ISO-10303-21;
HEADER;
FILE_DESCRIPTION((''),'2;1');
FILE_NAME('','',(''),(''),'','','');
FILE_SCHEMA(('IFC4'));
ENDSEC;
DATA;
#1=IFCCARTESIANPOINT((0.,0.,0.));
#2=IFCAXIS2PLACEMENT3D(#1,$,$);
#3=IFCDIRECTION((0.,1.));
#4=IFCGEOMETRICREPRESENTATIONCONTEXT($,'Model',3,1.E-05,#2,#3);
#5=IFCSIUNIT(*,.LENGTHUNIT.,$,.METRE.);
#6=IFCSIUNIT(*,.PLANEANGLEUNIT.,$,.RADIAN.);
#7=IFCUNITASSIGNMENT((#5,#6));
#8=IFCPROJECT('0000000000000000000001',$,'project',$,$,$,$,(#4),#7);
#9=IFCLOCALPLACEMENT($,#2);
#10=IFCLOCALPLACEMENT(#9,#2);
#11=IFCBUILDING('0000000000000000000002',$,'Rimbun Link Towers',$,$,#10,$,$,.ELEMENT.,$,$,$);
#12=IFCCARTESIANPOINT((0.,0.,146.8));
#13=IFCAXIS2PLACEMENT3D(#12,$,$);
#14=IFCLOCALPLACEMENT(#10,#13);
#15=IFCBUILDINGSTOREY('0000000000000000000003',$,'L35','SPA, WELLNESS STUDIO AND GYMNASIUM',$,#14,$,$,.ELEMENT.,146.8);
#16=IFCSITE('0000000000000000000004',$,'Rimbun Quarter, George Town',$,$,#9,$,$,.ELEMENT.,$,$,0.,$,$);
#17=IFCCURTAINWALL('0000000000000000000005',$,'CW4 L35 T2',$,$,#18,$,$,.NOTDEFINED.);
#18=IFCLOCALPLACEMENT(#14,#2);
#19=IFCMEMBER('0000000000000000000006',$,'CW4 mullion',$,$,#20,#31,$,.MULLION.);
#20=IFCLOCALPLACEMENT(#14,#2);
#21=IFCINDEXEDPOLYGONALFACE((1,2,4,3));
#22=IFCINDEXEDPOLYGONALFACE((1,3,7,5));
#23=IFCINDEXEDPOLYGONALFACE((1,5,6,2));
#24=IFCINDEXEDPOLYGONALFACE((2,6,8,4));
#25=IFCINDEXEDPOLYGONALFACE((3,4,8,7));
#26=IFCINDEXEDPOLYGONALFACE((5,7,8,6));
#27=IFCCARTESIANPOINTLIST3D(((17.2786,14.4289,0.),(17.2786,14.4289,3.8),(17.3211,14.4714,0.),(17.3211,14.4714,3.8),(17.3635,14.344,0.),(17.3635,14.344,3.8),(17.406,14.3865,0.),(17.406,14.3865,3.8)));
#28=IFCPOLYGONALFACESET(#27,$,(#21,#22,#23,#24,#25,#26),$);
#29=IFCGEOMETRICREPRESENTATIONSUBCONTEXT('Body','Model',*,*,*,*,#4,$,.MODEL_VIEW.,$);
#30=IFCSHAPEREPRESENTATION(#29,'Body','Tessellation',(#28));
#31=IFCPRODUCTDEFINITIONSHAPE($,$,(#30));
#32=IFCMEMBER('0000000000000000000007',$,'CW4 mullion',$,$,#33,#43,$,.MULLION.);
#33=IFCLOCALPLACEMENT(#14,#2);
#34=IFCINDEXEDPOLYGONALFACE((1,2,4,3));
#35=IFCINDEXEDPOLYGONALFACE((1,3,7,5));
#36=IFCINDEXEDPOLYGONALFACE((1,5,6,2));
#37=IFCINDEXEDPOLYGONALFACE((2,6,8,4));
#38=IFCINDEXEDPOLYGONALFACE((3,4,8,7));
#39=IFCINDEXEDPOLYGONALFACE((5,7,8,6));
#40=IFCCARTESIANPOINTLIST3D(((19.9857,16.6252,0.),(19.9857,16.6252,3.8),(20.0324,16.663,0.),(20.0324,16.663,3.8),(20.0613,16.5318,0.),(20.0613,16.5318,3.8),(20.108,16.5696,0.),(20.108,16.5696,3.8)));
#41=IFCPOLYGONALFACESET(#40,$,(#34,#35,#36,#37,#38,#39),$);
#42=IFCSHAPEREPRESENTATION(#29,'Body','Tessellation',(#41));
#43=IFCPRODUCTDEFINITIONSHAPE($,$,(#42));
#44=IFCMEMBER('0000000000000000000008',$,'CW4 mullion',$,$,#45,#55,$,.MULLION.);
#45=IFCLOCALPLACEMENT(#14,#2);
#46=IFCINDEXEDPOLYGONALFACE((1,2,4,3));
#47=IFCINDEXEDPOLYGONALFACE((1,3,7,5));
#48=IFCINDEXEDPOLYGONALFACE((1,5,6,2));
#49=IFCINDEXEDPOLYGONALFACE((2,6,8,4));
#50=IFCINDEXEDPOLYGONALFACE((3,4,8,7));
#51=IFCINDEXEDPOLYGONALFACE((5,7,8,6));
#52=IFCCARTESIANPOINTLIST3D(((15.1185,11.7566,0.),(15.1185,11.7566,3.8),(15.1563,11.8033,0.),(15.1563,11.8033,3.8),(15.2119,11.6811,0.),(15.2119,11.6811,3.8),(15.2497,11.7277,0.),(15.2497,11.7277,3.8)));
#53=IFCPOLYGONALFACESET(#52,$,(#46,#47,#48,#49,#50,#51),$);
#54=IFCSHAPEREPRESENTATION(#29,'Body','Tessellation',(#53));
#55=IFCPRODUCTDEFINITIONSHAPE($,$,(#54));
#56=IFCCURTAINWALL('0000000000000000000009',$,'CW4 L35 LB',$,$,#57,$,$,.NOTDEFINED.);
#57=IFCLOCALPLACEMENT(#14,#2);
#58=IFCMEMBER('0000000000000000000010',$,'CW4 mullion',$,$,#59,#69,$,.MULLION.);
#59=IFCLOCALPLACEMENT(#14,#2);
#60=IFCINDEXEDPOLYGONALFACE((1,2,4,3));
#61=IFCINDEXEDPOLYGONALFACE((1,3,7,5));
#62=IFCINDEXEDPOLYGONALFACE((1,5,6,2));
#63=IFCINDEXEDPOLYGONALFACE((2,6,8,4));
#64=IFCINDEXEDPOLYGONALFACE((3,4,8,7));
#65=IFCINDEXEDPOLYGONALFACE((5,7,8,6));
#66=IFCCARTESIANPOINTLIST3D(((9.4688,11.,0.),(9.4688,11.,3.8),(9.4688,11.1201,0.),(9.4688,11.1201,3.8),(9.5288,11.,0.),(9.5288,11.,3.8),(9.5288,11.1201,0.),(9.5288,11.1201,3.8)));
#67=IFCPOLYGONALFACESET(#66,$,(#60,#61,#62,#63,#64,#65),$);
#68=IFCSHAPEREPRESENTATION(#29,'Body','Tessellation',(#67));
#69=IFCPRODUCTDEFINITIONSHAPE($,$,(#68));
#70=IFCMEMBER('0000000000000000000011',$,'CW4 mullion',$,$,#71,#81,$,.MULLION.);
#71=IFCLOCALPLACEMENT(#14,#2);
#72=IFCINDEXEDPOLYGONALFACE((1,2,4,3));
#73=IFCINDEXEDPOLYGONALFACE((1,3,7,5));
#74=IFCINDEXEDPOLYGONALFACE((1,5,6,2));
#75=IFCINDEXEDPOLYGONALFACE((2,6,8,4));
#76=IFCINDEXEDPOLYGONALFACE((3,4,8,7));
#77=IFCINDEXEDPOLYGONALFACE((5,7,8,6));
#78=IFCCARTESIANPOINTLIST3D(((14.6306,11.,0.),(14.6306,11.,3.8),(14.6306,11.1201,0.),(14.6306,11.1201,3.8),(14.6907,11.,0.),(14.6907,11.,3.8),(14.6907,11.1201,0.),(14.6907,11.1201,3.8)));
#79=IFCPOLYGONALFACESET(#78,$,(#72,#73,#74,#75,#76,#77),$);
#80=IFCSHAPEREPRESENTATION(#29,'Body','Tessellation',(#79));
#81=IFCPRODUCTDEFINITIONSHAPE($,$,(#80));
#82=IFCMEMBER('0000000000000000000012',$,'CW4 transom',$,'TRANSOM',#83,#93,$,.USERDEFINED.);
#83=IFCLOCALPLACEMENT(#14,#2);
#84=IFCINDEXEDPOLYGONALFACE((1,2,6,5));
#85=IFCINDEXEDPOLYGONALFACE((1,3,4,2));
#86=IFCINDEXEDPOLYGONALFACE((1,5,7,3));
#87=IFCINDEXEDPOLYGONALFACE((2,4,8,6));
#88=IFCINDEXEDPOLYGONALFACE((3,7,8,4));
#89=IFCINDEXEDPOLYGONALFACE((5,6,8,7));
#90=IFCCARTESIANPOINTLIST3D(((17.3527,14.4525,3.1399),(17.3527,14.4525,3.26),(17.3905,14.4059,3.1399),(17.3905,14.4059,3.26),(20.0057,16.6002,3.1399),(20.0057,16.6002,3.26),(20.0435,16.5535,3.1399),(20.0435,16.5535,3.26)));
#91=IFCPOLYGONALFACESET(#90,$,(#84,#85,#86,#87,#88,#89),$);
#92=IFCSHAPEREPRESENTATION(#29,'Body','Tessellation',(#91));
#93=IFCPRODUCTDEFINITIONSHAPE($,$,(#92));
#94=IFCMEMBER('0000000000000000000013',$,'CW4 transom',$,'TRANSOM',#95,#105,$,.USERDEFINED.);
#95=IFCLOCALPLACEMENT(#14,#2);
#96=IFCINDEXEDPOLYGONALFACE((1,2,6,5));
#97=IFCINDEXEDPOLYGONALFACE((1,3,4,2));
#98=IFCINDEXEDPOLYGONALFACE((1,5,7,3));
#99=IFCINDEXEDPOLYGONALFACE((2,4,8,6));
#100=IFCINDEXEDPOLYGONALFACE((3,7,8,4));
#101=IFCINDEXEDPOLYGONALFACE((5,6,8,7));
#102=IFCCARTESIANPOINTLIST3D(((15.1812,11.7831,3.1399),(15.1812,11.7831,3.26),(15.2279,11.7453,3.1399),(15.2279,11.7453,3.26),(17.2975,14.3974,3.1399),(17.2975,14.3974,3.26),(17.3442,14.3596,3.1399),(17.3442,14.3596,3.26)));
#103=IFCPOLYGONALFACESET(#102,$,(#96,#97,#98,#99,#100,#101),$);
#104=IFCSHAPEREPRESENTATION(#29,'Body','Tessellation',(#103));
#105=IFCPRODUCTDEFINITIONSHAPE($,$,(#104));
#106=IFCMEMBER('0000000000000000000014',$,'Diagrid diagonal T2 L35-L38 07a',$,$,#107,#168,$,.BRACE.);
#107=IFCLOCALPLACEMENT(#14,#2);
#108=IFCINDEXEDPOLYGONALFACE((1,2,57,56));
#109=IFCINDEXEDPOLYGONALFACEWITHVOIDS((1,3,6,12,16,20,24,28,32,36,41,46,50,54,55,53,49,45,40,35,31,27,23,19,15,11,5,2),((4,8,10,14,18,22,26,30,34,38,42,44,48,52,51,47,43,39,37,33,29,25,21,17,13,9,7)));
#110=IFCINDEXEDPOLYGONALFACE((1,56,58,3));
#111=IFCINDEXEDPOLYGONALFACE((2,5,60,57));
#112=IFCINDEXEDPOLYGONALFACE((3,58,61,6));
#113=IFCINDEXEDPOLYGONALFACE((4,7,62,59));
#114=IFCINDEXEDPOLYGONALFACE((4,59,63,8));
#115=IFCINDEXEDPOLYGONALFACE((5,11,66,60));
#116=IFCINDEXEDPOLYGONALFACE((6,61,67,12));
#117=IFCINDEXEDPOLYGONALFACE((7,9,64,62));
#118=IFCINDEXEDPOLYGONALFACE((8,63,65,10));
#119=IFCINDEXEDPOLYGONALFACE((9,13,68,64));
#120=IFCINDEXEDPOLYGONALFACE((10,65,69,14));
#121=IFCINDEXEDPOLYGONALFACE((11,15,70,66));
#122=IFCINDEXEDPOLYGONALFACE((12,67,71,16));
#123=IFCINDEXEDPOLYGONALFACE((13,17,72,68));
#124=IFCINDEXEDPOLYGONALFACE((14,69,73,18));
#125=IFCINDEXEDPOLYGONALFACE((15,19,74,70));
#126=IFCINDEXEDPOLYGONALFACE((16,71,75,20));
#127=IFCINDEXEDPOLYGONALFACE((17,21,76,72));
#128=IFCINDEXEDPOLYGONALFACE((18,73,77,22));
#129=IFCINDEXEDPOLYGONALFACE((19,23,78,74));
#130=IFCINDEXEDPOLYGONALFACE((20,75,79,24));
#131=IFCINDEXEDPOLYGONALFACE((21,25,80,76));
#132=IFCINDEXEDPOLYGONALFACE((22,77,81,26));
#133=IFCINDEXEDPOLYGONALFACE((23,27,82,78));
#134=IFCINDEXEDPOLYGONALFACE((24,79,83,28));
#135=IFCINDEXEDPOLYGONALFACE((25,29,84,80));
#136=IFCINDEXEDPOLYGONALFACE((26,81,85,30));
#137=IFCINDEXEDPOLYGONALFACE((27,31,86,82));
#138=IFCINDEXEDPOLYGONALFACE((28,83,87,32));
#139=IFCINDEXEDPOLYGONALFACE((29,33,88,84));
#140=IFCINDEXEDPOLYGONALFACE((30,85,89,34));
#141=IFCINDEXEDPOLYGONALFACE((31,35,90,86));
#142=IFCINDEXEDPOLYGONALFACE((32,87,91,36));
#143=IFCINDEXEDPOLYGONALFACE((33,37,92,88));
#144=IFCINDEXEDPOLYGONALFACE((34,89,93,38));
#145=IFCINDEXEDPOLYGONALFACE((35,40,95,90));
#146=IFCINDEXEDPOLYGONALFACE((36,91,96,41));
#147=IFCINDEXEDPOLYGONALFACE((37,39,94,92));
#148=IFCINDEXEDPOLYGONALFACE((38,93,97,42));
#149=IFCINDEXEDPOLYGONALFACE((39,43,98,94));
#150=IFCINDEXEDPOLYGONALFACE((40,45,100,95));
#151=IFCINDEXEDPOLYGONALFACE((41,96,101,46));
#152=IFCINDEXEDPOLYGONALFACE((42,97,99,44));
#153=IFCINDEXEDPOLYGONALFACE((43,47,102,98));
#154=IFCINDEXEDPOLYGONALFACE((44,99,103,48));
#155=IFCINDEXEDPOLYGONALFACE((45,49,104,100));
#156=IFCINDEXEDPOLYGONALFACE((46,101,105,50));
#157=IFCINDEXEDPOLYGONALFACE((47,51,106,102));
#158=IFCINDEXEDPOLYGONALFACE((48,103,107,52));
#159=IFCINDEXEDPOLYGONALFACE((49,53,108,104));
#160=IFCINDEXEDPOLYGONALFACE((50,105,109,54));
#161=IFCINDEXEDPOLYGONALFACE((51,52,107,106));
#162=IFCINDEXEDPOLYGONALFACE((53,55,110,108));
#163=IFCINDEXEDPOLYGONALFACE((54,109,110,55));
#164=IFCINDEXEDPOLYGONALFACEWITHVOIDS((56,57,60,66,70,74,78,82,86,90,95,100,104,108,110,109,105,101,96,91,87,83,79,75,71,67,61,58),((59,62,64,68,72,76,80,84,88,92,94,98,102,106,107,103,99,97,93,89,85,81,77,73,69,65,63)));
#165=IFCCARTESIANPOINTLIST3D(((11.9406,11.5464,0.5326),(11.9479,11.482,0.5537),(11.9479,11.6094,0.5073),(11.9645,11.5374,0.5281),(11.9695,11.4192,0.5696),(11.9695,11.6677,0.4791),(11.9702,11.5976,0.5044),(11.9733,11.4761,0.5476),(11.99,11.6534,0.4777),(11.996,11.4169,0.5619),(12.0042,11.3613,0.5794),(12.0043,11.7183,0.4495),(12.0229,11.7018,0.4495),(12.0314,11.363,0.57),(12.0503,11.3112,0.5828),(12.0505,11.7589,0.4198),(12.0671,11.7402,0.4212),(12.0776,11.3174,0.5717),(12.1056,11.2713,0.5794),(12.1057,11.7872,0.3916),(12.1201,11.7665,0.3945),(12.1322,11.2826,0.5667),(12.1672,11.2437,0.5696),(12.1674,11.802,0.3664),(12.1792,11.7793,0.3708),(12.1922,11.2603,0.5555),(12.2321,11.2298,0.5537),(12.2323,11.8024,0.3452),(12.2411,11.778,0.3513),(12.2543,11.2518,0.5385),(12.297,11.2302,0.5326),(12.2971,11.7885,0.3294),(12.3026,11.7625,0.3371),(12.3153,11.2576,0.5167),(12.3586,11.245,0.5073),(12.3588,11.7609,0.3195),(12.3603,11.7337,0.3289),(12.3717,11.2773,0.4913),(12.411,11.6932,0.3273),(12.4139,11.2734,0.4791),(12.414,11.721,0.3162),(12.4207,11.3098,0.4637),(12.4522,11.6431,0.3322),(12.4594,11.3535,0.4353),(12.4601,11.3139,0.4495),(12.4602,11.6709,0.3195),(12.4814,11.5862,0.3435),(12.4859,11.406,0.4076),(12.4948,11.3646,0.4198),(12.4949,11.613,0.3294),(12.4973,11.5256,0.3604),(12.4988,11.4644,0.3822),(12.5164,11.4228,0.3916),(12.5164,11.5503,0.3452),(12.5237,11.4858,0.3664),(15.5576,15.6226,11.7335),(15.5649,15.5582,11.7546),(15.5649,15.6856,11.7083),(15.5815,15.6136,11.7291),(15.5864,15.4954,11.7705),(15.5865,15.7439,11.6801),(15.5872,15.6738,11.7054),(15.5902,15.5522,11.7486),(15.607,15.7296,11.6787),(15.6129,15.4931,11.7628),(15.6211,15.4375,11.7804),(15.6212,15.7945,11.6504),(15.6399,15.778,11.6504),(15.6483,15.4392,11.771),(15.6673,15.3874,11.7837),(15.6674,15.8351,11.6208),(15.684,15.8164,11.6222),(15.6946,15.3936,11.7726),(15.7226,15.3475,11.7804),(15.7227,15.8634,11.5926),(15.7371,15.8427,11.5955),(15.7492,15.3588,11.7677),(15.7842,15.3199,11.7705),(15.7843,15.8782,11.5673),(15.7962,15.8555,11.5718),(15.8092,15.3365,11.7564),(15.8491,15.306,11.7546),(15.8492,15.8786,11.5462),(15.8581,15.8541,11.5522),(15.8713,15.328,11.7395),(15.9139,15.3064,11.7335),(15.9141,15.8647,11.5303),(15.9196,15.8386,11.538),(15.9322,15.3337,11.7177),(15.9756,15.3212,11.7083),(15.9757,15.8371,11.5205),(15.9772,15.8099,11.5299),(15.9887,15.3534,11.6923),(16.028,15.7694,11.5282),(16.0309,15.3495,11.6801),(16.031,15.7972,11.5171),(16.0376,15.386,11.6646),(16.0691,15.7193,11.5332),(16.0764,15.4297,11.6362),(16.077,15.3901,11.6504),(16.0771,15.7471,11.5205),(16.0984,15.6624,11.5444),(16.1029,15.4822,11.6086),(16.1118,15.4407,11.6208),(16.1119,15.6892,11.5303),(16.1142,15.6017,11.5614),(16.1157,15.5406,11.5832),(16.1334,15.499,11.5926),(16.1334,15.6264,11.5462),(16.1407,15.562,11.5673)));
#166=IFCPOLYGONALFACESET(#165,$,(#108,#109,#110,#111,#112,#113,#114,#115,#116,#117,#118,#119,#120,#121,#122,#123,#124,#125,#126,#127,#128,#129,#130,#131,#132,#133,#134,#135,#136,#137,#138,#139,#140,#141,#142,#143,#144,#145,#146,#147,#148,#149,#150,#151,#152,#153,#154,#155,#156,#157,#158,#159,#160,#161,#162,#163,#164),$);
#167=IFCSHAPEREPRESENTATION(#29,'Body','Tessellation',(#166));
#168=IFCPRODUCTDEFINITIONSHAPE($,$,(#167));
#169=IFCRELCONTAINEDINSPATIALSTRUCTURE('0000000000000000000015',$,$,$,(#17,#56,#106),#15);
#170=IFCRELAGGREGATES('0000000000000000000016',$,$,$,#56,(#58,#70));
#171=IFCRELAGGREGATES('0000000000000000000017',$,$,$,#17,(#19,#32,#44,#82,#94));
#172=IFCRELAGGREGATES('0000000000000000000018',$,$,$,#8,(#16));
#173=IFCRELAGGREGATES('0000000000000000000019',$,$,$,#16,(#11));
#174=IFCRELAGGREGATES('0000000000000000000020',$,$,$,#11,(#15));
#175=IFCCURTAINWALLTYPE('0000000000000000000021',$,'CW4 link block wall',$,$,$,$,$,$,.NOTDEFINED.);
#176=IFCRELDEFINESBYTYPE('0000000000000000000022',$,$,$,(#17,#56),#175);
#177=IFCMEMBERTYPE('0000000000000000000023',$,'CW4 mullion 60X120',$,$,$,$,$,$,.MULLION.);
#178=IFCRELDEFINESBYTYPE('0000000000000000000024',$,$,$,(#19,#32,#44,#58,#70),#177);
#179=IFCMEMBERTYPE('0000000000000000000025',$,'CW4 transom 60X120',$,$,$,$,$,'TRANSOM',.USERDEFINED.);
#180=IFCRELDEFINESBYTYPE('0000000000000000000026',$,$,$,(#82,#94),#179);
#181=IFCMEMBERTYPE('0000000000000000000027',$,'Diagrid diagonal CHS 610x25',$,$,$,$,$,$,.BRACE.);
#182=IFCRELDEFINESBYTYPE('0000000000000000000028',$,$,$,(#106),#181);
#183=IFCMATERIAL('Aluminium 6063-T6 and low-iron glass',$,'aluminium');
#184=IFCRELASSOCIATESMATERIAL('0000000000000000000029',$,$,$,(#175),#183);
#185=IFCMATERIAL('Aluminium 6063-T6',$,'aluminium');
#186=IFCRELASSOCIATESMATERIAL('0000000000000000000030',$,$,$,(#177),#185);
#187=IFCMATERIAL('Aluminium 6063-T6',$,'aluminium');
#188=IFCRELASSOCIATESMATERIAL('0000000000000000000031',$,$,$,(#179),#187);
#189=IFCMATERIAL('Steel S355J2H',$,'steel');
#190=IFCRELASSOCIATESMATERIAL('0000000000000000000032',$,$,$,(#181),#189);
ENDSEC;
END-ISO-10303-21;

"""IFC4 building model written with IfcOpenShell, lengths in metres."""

from ifc_helpers import new_model, si_unit, direction, frame, origin, origin_2d, place, context, subcontext, project, spatial, rectangle, hollow_circle, extrude, material, material_profile, profile_set, type_object, element, aggregate, save


model = new_model("IFC4")

# Units and contexts
model_context = context("Model", 3, precision=1e-05, world=origin(), true_north=direction((0.0, 1.0)))
body_context = subcontext(model_context, "Body", "Model", "MODEL_VIEW")
ifc_project = project(units=[si_unit("LENGTHUNIT", "METRE"), si_unit("PLANEANGLEUNIT", "RADIAN")], contexts=[model_context])

# Site, building, storey
site_placement = place(None, origin())
site = spatial("IfcSite", under=ifc_project, at=site_placement, Name="Rimbun Quarter, George Town", CompositionType="ELEMENT", RefElevation=0.0)
building_placement = place(site_placement, origin())
building = spatial("IfcBuilding", under=site, at=building_placement, Name="Rimbun Link Towers", CompositionType="ELEMENT")
storey_placement = place(building_placement, frame((0.0, 0.0, 146.8)))
storey = spatial("IfcBuildingStorey", under=building, at=storey_placement, Name="L35", Description="SPA, WELLNESS STUDIO AND GYMNASIUM", CompositionType="ELEMENT", Elevation=146.8)

# Curtain walls, members
ifc_material_1 = material(Name="Aluminium 6063-T6 and low-iron glass", Category="aluminium")
curtain_wall_type = type_object("IfcCurtainWallType", Name="CW4 link block wall", PredefinedType="NOTDEFINED", material=ifc_material_1)
curtain_wall_1_placement = place(storey_placement, origin())
curtain_wall_1 = element("IfcCurtainWall", 1, at=curtain_wall_1_placement, inside=storey, type_object=curtain_wall_type, Name="CW4 L35 T2", PredefinedType="NOTDEFINED")
ifc_material_2 = material(Name="Aluminium 6063-T6", Category="aluminium")
ifc_material_profile_1 = material_profile(ifc_material_2, rectangle(XDim=0.1201, YDim=0.0601, at=origin_2d()), Name="MULLION 60X120")
ifc_profile_set_1 = profile_set([ifc_material_profile_1], Name="Aluminium 6063-T6")
member_type_1 = type_object("IfcMemberType", Name="CW4 mullion 60X120", PredefinedType="MULLION", material=ifc_profile_set_1)
member_1_placement = place(storey_placement, frame((17.3423, 14.4077, 0.0), z_axis=(0.0, 0.0, 1.0), x_axis=(-0.707107, 0.707107, 0.0)))
member_1 = element("IfcMember", 2, at=member_1_placement, type_object=member_type_1, Name="CW4 mullion", PredefinedType="MULLION", context=body_context, shape_type="SweptSolid", body=[
    extrude(rectangle(XDim=0.1201, YDim=0.0601, at=origin_2d()), origin(), (0.0, 0.0, 1.0), 3.8),
])
member_2_placement = place(storey_placement, frame((20.0469, 16.5974, 0.0), z_axis=(0.0, 0.0, 1.0), x_axis=(-0.629159, 0.777277, 0.0)))
member_2 = element("IfcMember", 3, at=member_2_placement, type_object=member_type_1, Name="CW4 mullion", PredefinedType="MULLION", context=body_context, shape_type="SweptSolid", body=[
    extrude(rectangle(XDim=0.1201, YDim=0.0601, at=origin_2d()), origin(), (0.0, 0.0, 1.0), 3.8),
])
member_3_placement = place(storey_placement, frame((15.1841, 11.7422, 0.0), z_axis=(0.0, 0.0, 1.0), x_axis=(-0.777277, 0.629159, 0.0)))
member_3 = element("IfcMember", 4, at=member_3_placement, type_object=member_type_1, Name="CW4 mullion", PredefinedType="MULLION", context=body_context, shape_type="SweptSolid", body=[
    extrude(rectangle(XDim=0.1201, YDim=0.0601, at=origin_2d()), origin(), (0.0, 0.0, 1.0), 3.8),
])
curtain_wall_2_placement = place(storey_placement, origin())
curtain_wall_2 = element("IfcCurtainWall", 5, at=curtain_wall_2_placement, inside=storey, type_object=curtain_wall_type, Name="CW4 L35 LB", PredefinedType="NOTDEFINED")
member_4_placement = place(storey_placement, frame((9.4988, 11.0601, 0.0), z_axis=(0.0, 0.0, 1.0), x_axis=(0.0, 1.0, 0.0)))
member_4 = element("IfcMember", 6, at=member_4_placement, type_object=member_type_1, Name="CW4 mullion", PredefinedType="MULLION", context=body_context, shape_type="SweptSolid", body=[
    extrude(rectangle(XDim=0.1201, YDim=0.0601, at=origin_2d()), origin(), (0.0, 0.0, 1.0), 3.8),
])
member_5_placement = place(storey_placement, frame((14.6606, 11.0601, 0.0), z_axis=(0.0, 0.0, 1.0), x_axis=(0.0, 1.0, 0.0)))
member_5 = element("IfcMember", 7, at=member_5_placement, type_object=member_type_1, Name="CW4 mullion", PredefinedType="MULLION", context=body_context, shape_type="SweptSolid", body=[
    extrude(rectangle(XDim=0.1201, YDim=0.0601, at=origin_2d()), origin(), (0.0, 0.0, 1.0), 3.8),
])
aggregate(curtain_wall_2, [member_4, member_5])

# Members
ifc_material_3 = material(Name="Aluminium 6063-T6", Category="aluminium")
ifc_material_profile_2 = material_profile(ifc_material_3, rectangle(XDim=0.0601, YDim=0.1201, at=origin_2d()), Name="TRANSOM 60X120")
ifc_profile_set_2 = profile_set([ifc_material_profile_2], Name="Aluminium 6063-T6")
member_type_2 = type_object("IfcMemberType", Name="CW4 transom 60X120", ElementType="TRANSOM", PredefinedType="USERDEFINED", material=ifc_profile_set_2)
member_6_placement = place(storey_placement, frame((17.3716, 14.4292, 3.2), z_axis=(0.777248, 0.629194, 0.0), x_axis=(-0.629194, 0.777248, 0.0)))
member_6 = element("IfcMember", 8, at=member_6_placement, type_object=member_type_2, Name="CW4 transom", ObjectType="TRANSOM", PredefinedType="USERDEFINED", context=body_context, shape_type="SweptSolid", body=[
    extrude(rectangle(XDim=0.0601, YDim=0.1201, at=origin_2d()), origin(), (0.0, 0.0, 1.0), 3.4133),
])
member_7_placement = place(storey_placement, frame((15.2046, 11.7642, 3.2), z_axis=(0.629182, 0.777258, 0.0), x_axis=(-0.777258, 0.629182, 0.0)))
member_7 = element("IfcMember", 9, at=member_7_placement, type_object=member_type_2, Name="CW4 transom", ObjectType="TRANSOM", PredefinedType="USERDEFINED", context=body_context, shape_type="SweptSolid", body=[
    extrude(rectangle(XDim=0.0601, YDim=0.1201, at=origin_2d()), origin(), (0.0, 0.0, 1.0), 3.3635),
])

# Member
ifc_material_4 = material(Name="Steel S355J2H", Category="steel")
ifc_material_profile_3 = material_profile(ifc_material_4, hollow_circle(Radius=0.3047, WallThickness=0.0249, at=origin_2d()), Name="Diagrid diagonal CHS 610x25")
ifc_profile_set_3 = profile_set([ifc_material_profile_3], Name="Steel S355J2H")
member_type_3 = type_object("IfcMemberType", Name="Diagrid diagonal CHS 610x25", PredefinedType="BRACE", material=ifc_profile_set_3)
member_8_placement = place(storey_placement, frame((12.2322, 11.5161, 0.4495), z_axis=(0.290372, 0.327239, 0.899221), x_axis=(-0.747985, 0.663716, 0.0)))
element("IfcMember", 10, at=member_8_placement, inside=storey, type_object=member_type_3, Name="Diagrid diagonal T2 L35-L38 07a", PredefinedType="BRACE", context=body_context, shape_type="SweptSolid", body=[
    extrude(hollow_circle(Radius=0.3047, WallThickness=0.0249, at=origin_2d()), origin(), (0.0, 0.0, 1.0), 12.4563),
])

aggregate(curtain_wall_1, [member_1, member_2, member_3, member_6, member_7])

save(model, "model.ifc")
